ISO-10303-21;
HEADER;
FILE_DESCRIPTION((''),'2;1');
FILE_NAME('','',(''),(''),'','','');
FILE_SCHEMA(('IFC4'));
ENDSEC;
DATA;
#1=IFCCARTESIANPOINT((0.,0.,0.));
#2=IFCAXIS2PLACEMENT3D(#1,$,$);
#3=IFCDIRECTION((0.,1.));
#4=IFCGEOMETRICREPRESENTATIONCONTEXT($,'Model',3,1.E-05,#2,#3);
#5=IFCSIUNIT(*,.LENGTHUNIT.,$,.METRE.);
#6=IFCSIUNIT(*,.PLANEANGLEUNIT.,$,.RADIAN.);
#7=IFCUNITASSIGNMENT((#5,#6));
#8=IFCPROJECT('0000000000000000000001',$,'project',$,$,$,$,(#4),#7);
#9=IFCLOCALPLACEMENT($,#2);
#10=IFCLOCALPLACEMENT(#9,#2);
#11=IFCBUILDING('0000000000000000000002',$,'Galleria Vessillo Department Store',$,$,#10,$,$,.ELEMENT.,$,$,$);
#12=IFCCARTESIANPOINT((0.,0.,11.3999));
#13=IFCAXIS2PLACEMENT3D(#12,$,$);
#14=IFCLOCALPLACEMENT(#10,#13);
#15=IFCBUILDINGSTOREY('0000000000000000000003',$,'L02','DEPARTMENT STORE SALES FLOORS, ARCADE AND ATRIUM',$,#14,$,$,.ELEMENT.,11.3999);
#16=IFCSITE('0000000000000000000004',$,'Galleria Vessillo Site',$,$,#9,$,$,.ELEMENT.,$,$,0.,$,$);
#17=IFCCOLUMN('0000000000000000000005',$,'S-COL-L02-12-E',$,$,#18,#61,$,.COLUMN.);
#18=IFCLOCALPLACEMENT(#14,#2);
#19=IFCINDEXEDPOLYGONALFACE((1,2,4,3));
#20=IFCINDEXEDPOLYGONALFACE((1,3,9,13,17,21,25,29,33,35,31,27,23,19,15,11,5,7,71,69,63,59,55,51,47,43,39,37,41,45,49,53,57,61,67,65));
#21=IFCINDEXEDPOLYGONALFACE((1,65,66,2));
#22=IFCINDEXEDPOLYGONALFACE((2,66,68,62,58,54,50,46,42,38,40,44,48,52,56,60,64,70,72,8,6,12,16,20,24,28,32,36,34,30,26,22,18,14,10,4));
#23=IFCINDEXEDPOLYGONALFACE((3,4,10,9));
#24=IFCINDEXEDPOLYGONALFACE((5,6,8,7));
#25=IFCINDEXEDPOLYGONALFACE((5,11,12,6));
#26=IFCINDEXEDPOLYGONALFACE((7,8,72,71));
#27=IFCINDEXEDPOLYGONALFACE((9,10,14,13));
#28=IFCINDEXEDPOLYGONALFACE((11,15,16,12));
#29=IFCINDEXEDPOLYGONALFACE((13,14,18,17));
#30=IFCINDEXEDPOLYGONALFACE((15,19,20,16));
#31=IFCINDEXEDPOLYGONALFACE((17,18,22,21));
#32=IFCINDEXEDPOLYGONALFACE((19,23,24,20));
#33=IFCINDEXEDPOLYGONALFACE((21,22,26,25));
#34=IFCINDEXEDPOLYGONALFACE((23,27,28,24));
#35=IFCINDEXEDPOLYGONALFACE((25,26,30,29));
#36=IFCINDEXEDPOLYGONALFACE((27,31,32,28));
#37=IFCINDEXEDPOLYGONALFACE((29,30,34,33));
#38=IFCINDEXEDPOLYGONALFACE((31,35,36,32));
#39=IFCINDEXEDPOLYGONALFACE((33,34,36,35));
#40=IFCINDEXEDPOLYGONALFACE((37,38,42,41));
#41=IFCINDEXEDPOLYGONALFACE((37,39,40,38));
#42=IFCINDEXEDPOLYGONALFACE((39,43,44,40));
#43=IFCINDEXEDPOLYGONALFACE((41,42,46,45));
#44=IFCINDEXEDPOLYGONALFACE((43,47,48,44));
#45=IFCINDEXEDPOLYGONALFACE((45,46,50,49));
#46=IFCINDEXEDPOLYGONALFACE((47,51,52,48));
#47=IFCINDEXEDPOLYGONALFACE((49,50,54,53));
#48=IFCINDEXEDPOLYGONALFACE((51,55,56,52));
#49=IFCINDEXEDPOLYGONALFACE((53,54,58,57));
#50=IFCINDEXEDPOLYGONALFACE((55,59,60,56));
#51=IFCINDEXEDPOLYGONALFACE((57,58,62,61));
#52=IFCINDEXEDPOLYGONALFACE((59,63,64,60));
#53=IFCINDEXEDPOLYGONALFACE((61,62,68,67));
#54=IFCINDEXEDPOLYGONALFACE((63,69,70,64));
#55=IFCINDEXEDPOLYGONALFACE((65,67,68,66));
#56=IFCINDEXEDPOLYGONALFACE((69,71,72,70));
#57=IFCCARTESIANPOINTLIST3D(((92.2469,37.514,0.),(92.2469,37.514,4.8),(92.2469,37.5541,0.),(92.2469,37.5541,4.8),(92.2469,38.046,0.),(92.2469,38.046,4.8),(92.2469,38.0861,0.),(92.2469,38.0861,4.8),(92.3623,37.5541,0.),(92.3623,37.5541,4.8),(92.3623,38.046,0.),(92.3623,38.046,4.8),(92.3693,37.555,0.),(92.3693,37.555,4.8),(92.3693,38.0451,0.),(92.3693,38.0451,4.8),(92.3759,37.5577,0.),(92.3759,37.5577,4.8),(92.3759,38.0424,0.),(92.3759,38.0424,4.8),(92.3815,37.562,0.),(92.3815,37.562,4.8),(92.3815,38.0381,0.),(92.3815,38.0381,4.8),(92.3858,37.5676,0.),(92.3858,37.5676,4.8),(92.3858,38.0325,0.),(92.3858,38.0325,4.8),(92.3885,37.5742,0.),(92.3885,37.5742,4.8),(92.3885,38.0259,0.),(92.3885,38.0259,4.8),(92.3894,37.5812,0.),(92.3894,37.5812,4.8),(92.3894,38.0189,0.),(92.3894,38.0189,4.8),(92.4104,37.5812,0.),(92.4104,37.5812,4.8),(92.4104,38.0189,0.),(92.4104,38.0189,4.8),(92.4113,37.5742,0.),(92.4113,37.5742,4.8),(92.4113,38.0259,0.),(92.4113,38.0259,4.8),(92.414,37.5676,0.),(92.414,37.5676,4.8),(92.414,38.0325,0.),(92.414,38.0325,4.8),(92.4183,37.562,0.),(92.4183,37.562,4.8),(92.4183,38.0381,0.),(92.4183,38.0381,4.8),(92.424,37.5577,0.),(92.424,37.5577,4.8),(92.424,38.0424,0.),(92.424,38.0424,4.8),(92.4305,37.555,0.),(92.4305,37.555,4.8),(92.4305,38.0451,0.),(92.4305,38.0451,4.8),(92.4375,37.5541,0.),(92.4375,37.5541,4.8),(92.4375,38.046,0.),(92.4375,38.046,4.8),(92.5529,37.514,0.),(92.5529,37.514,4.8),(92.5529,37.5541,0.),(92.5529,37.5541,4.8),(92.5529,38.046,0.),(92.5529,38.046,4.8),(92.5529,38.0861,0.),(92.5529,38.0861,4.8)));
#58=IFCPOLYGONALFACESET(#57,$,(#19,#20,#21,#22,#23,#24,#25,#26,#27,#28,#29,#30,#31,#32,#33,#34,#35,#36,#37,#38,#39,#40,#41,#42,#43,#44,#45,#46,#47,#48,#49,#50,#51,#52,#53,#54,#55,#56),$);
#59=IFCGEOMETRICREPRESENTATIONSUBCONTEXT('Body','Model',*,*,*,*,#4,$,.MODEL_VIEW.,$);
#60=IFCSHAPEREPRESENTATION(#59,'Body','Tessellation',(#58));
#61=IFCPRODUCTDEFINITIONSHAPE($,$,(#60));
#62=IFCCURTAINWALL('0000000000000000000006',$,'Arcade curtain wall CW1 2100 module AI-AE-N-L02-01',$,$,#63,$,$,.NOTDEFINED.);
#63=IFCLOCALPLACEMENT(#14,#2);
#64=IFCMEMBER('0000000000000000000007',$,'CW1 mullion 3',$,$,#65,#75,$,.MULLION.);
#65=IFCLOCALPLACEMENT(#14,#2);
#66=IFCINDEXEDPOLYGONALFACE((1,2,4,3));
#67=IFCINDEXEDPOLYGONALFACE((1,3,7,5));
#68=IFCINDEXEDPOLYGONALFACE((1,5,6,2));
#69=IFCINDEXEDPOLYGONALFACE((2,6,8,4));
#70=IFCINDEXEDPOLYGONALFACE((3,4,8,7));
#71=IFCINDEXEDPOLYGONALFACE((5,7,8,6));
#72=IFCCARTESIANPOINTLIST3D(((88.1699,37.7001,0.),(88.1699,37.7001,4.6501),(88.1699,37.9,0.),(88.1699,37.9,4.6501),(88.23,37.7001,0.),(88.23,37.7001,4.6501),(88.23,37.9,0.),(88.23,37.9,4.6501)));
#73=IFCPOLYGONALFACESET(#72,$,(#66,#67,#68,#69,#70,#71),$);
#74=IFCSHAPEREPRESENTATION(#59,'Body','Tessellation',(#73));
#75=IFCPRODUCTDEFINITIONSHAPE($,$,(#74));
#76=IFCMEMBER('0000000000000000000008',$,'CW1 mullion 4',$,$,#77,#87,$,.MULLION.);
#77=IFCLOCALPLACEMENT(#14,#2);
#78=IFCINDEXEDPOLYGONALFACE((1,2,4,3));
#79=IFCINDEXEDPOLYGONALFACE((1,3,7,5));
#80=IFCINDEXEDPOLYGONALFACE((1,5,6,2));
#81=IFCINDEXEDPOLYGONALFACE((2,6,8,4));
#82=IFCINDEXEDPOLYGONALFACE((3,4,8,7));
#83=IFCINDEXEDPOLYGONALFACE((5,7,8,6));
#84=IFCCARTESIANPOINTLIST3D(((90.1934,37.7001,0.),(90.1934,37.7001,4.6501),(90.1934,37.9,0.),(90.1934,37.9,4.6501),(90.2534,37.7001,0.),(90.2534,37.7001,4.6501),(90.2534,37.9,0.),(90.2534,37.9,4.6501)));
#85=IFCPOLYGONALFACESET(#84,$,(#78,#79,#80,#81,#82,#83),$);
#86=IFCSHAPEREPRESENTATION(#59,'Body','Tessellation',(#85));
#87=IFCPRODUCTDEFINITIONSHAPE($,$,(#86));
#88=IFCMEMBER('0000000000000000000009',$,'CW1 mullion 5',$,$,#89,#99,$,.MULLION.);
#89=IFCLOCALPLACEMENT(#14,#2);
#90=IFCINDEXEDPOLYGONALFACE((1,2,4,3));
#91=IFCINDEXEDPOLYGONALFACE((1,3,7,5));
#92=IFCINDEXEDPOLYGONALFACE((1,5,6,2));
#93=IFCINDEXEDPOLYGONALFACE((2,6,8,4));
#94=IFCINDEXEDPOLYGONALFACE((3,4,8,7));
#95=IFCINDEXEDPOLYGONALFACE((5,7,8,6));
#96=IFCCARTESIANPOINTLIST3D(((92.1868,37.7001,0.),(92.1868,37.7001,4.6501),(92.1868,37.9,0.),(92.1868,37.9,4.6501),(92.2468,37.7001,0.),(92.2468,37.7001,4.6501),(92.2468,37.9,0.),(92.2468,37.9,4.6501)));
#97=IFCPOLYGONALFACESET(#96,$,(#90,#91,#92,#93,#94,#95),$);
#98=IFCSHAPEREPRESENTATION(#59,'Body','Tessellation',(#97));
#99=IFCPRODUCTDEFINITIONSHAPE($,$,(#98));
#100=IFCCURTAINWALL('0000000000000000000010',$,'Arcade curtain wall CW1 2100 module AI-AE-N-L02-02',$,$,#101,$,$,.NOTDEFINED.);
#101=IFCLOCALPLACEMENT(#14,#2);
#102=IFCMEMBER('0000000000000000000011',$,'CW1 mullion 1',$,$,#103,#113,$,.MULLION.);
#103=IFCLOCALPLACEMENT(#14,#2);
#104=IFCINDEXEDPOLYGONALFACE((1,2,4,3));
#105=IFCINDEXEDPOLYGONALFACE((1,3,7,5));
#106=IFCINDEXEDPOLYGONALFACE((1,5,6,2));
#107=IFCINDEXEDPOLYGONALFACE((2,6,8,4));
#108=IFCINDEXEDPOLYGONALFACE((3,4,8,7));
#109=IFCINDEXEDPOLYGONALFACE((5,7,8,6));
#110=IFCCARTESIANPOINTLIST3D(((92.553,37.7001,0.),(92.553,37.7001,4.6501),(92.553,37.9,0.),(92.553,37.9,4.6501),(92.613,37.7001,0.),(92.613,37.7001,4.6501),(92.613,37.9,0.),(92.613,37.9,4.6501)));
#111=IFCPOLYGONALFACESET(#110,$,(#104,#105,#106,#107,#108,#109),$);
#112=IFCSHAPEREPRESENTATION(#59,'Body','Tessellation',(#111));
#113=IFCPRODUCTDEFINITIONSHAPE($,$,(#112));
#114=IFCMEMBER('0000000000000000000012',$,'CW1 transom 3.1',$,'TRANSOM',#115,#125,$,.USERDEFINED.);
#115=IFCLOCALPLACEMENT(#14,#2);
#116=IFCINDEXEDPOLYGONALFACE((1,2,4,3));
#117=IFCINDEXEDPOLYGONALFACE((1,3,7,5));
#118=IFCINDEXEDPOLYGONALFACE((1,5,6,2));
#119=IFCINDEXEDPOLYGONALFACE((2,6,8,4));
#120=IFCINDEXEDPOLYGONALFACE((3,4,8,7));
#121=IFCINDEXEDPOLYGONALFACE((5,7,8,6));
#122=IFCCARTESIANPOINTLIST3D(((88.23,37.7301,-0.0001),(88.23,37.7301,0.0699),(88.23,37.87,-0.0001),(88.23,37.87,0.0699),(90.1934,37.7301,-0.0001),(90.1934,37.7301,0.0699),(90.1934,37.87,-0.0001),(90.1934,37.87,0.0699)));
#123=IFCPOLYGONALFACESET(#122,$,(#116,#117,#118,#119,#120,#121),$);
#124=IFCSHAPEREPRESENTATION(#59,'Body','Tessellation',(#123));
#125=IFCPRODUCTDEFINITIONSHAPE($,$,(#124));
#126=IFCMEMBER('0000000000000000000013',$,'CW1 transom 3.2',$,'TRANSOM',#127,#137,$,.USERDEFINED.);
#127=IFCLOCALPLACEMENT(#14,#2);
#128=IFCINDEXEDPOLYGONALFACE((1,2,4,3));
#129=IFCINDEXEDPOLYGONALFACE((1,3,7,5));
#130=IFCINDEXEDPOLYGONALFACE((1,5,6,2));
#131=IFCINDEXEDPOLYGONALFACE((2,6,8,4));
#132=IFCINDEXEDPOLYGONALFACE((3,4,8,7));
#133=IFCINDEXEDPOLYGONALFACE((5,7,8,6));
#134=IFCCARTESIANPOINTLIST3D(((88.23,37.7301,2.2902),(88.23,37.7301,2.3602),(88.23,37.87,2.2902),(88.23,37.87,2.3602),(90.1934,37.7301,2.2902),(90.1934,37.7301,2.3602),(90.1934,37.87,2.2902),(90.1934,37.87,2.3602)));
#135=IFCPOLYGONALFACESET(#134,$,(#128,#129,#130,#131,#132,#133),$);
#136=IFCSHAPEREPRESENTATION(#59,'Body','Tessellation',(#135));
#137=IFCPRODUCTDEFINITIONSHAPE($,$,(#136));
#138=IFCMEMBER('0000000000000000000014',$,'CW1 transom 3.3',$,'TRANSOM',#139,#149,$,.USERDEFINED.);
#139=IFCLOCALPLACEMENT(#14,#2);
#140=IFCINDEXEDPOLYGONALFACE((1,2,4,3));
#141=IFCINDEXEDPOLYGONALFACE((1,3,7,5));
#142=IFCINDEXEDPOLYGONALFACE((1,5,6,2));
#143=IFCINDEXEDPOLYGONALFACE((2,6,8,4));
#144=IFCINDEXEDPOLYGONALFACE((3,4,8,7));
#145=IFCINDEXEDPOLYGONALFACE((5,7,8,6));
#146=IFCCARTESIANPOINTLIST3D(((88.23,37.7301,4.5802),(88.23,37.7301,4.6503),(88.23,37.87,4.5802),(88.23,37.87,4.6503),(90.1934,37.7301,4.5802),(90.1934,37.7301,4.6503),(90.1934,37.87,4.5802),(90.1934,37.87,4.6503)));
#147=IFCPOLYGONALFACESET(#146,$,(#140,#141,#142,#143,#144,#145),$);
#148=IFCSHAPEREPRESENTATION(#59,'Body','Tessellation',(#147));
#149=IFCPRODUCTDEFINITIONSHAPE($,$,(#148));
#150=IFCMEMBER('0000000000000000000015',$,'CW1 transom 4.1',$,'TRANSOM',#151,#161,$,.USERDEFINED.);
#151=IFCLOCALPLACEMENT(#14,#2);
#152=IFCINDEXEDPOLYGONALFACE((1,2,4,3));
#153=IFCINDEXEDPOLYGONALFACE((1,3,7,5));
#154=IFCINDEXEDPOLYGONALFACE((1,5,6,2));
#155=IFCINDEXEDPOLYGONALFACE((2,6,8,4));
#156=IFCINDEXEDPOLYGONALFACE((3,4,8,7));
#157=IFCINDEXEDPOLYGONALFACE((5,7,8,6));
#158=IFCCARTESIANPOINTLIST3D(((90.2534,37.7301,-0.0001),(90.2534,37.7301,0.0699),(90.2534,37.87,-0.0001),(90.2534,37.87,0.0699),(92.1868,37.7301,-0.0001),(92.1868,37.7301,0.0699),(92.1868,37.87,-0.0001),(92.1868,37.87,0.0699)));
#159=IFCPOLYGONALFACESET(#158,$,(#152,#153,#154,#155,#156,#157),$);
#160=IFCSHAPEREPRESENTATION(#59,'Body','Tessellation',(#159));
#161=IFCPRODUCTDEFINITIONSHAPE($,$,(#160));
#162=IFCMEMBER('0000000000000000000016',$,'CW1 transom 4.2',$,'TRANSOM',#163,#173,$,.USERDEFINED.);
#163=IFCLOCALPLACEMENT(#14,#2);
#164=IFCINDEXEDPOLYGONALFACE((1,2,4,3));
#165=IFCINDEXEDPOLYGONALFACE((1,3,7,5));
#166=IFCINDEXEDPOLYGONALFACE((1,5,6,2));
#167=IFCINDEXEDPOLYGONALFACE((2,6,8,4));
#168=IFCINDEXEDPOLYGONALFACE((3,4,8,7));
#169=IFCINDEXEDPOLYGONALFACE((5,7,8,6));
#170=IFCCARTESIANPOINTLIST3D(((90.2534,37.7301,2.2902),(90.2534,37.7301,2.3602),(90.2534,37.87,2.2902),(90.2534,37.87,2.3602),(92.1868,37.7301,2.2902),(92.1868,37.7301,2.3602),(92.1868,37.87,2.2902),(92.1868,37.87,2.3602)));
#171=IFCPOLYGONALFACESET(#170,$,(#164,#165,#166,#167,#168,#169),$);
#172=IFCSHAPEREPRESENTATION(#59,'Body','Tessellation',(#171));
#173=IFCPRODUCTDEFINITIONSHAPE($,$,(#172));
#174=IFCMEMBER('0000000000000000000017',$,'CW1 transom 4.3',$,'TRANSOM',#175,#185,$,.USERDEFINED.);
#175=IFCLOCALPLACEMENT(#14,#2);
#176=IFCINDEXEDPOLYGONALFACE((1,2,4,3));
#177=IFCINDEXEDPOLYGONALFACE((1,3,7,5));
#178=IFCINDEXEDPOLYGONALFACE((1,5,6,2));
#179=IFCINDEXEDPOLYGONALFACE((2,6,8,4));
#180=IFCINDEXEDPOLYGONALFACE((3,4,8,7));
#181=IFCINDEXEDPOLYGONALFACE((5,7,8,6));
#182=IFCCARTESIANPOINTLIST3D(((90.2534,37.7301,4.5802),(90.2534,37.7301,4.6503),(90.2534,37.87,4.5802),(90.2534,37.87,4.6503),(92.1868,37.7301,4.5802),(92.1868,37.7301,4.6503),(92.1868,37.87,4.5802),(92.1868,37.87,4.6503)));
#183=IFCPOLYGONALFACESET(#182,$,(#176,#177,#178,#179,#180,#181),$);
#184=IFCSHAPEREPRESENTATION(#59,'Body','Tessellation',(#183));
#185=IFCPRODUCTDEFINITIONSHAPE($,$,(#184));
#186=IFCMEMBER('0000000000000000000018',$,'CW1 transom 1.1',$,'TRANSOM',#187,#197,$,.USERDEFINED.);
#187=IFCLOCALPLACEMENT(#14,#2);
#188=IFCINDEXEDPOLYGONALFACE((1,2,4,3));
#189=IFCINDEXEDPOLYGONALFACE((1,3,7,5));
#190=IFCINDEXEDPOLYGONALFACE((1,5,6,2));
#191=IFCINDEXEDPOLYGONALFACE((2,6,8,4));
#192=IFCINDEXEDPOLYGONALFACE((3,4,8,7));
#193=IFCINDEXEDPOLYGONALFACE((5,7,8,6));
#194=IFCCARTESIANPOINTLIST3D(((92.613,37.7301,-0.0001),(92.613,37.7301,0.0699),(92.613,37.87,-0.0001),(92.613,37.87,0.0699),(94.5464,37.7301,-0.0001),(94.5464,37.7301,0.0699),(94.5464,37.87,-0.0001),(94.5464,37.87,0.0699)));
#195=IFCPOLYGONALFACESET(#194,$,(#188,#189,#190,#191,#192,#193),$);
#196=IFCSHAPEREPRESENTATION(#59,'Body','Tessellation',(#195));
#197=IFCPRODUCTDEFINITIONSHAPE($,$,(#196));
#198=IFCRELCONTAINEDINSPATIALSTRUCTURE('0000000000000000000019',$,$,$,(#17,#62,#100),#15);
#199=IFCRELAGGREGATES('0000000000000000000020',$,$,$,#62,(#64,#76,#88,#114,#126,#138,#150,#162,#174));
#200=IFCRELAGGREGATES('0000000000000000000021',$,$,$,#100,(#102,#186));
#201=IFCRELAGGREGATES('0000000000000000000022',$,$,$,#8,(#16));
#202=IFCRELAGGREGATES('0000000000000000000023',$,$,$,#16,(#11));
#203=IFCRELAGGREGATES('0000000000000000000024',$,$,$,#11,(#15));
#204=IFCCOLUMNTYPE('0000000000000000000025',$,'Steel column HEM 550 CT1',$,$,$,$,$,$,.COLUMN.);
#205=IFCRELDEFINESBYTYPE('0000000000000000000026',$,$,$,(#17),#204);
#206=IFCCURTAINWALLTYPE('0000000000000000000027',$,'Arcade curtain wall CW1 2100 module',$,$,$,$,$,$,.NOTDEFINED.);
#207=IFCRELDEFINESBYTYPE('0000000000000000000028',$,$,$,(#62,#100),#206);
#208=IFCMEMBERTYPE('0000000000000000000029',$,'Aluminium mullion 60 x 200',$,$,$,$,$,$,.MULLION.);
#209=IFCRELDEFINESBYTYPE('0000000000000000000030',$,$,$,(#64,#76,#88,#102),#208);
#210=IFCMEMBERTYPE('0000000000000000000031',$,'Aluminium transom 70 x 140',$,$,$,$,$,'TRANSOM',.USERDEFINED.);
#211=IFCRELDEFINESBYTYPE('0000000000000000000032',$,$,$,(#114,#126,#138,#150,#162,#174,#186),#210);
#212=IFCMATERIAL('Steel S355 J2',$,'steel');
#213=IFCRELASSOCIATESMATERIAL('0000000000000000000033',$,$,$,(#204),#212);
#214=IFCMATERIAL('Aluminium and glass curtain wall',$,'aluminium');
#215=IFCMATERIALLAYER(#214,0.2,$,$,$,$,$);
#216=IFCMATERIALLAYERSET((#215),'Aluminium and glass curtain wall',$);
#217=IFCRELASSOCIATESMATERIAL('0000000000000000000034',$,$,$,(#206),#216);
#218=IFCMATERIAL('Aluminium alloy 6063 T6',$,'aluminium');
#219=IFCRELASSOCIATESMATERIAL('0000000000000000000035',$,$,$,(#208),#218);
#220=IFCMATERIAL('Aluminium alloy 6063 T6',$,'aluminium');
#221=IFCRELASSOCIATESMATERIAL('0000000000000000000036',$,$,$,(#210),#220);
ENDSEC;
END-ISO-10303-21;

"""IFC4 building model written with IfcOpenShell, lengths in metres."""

from ifc_helpers import new_model, si_unit, direction, frame, origin, origin_2d, place, context, subcontext, project, spatial, rectangle, i_section, extrude, material, layer, layer_set, material_profile, profile_set, type_object, element, aggregate, save


model = new_model("IFC4")

# Units and contexts
model_context = context("Model", 3, precision=1e-05, world=origin(), true_north=direction((0.0, 1.0)))
body_context = subcontext(model_context, "Body", "Model", "MODEL_VIEW")
ifc_project = project(units=[si_unit("LENGTHUNIT", "METRE"), si_unit("PLANEANGLEUNIT", "RADIAN")], contexts=[model_context])

# Site, building, storey
site_placement = place(None, origin())
site = spatial("IfcSite", under=ifc_project, at=site_placement, Name="Galleria Vessillo Site", CompositionType="ELEMENT", RefElevation=0.0)
building_placement = place(site_placement, origin())
building = spatial("IfcBuilding", under=site, at=building_placement, Name="Galleria Vessillo Department Store", CompositionType="ELEMENT")
storey_placement = place(building_placement, frame((0.0, 0.0, 11.3999)))
storey = spatial("IfcBuildingStorey", under=building, at=storey_placement, Name="L02", Description="DEPARTMENT STORE SALES FLOORS, ARCADE AND ATRIUM", CompositionType="ELEMENT", Elevation=11.3999)

# Column
ifc_material_1 = material(Name="Steel S355 J2", Category="steel")
ifc_material_profile_1 = material_profile(ifc_material_1, i_section(OverallWidth=0.3059, OverallDepth=0.572, WebThickness=0.021, FlangeThickness=0.04, FilletRadius=0.0271, at=origin_2d()), Name="HEM 550")
ifc_profile_set_1 = profile_set([ifc_material_profile_1], Name="Steel S355 J2")
column_type = type_object("IfcColumnType", Name="Steel column HEM 550 CT1", PredefinedType="COLUMN", material=ifc_profile_set_1)
column_placement = place(storey_placement, frame((92.3999, 37.8, 0.0), z_axis=(0.0, 0.0, 1.0), x_axis=(1.0, 0.0, 0.0)))
element("IfcColumn", 1, at=column_placement, inside=storey, type_object=column_type, Name="S-COL-L02-12-E", PredefinedType="COLUMN", context=body_context, shape_type="SweptSolid", body=[
    extrude(i_section(OverallWidth=0.3059, OverallDepth=0.572, WebThickness=0.021, FlangeThickness=0.04, FilletRadius=0.0271, at=origin_2d()), origin(), (0.0, 0.0, 1.0), 4.8),
])

# Curtain wall, members
ifc_material_2 = material(Name="Aluminium and glass curtain wall", Category="aluminium")
ifc_layer_1 = layer(ifc_material_2, 0.2)
ifc_layer_set_1 = layer_set([ifc_layer_1], Name="Aluminium and glass curtain wall")
curtain_wall_type = type_object("IfcCurtainWallType", Name="Arcade curtain wall CW1 2100 module", PredefinedType="NOTDEFINED", material=ifc_layer_set_1)
curtain_wall_1_placement = place(storey_placement, origin())
curtain_wall_1 = element("IfcCurtainWall", 2, at=curtain_wall_1_placement, inside=storey, type_object=curtain_wall_type, Name="Arcade curtain wall CW1 2100 module AI-AE-N-L02-01", PredefinedType="NOTDEFINED")
ifc_material_3 = material(Name="Aluminium alloy 6063 T6", Category="aluminium")
ifc_material_profile_2 = material_profile(ifc_material_3, rectangle(XDim=0.2, YDim=0.0601, at=origin_2d()), Name="AL 60x200")
ifc_profile_set_2 = profile_set([ifc_material_profile_2], Name="Aluminium alloy 6063 T6")
member_type_1 = type_object("IfcMemberType", Name="Aluminium mullion 60 x 200", PredefinedType="MULLION", material=ifc_profile_set_2)
member_1_placement = place(storey_placement, frame((88.2, 37.8, 0.0), z_axis=(0.0, 0.0, 1.0), x_axis=(0.0, 1.0, 0.0)))
member_1 = element("IfcMember", 3, at=member_1_placement, type_object=member_type_1, Name="CW1 mullion 3", PredefinedType="MULLION", context=body_context, shape_type="SweptSolid", body=[
    extrude(rectangle(XDim=0.2, YDim=0.0601, at=origin_2d()), origin(), (0.0, 0.0, 1.0), 4.6501),
])
member_2_placement = place(storey_placement, frame((90.2234, 37.8, 0.0), z_axis=(0.0, 0.0, 1.0), x_axis=(0.0, 1.0, 0.0)))
member_2 = element("IfcMember", 4, at=member_2_placement, type_object=member_type_1, Name="CW1 mullion 4", PredefinedType="MULLION", context=body_context, shape_type="SweptSolid", body=[
    extrude(rectangle(XDim=0.2, YDim=0.0601, at=origin_2d()), origin(), (0.0, 0.0, 1.0), 4.6501),
])
member_3_placement = place(storey_placement, frame((92.2168, 37.8, 0.0), z_axis=(0.0, 0.0, 1.0), x_axis=(0.0, 1.0, 0.0)))
member_3 = element("IfcMember", 5, at=member_3_placement, type_object=member_type_1, Name="CW1 mullion 5", PredefinedType="MULLION", context=body_context, shape_type="SweptSolid", body=[
    extrude(rectangle(XDim=0.2, YDim=0.0601, at=origin_2d()), origin(), (0.0, 0.0, 1.0), 4.6501),
])

# Curtain wall, member
curtain_wall_2_placement = place(storey_placement, origin())
curtain_wall_2 = element("IfcCurtainWall", 6, at=curtain_wall_2_placement, inside=storey, type_object=curtain_wall_type, Name="Arcade curtain wall CW1 2100 module AI-AE-N-L02-02", PredefinedType="NOTDEFINED")
member_4_placement = place(storey_placement, frame((92.583, 37.8, 0.0), z_axis=(0.0, 0.0, 1.0), x_axis=(0.0, 1.0, 0.0)))
member_4 = element("IfcMember", 7, at=member_4_placement, type_object=member_type_1, Name="CW1 mullion 1", PredefinedType="MULLION", context=body_context, shape_type="SweptSolid", body=[
    extrude(rectangle(XDim=0.2, YDim=0.0601, at=origin_2d()), origin(), (0.0, 0.0, 1.0), 4.6501),
])

# Members
ifc_material_4 = material(Name="Aluminium alloy 6063 T6", Category="aluminium")
ifc_material_profile_3 = material_profile(ifc_material_4, rectangle(XDim=0.1399, YDim=0.0701, at=origin_2d()), Name="AL 70x140")
ifc_profile_set_3 = profile_set([ifc_material_profile_3], Name="Aluminium alloy 6063 T6")
member_type_2 = type_object("IfcMemberType", Name="Aluminium transom 70 x 140", ElementType="TRANSOM", PredefinedType="USERDEFINED", material=ifc_profile_set_3)
member_5_placement = place(storey_placement, frame((88.23, 37.8, 0.0349), z_axis=(1.0, 0.0, 0.0), x_axis=(0.0, 1.0, 0.0)))
member_5 = element("IfcMember", 8, at=member_5_placement, type_object=member_type_2, Name="CW1 transom 3.1", ObjectType="TRANSOM", PredefinedType="USERDEFINED", context=body_context, shape_type="SweptSolid", body=[
    extrude(rectangle(XDim=0.1399, YDim=0.0701, at=origin_2d()), origin(), (0.0, 0.0, 1.0), 1.9634),
])
member_6_placement = place(storey_placement, frame((88.23, 37.8, 2.3252), z_axis=(1.0, 0.0, 0.0), x_axis=(0.0, 1.0, 0.0)))
member_6 = element("IfcMember", 9, at=member_6_placement, type_object=member_type_2, Name="CW1 transom 3.2", ObjectType="TRANSOM", PredefinedType="USERDEFINED", context=body_context, shape_type="SweptSolid", body=[
    extrude(rectangle(XDim=0.1399, YDim=0.0701, at=origin_2d()), origin(), (0.0, 0.0, 1.0), 1.9634),
])
member_7_placement = place(storey_placement, frame((88.23, 37.8, 4.6152), z_axis=(1.0, 0.0, 0.0), x_axis=(0.0, 1.0, 0.0)))
member_7 = element("IfcMember", 10, at=member_7_placement, type_object=member_type_2, Name="CW1 transom 3.3", ObjectType="TRANSOM", PredefinedType="USERDEFINED", context=body_context, shape_type="SweptSolid", body=[
    extrude(rectangle(XDim=0.1399, YDim=0.0701, at=origin_2d()), origin(), (0.0, 0.0, 1.0), 1.9634),
])
member_8_placement = place(storey_placement, frame((90.2534, 37.8, 0.0349), z_axis=(1.0, 0.0, 0.0), x_axis=(0.0, 1.0, 0.0)))
member_8 = element("IfcMember", 11, at=member_8_placement, type_object=member_type_2, Name="CW1 transom 4.1", ObjectType="TRANSOM", PredefinedType="USERDEFINED", context=body_context, shape_type="SweptSolid", body=[
    extrude(rectangle(XDim=0.1399, YDim=0.0701, at=origin_2d()), origin(), (0.0, 0.0, 1.0), 1.9333),
])
member_9_placement = place(storey_placement, frame((90.2534, 37.8, 2.3252), z_axis=(1.0, 0.0, 0.0), x_axis=(0.0, 1.0, 0.0)))
member_9 = element("IfcMember", 12, at=member_9_placement, type_object=member_type_2, Name="CW1 transom 4.2", ObjectType="TRANSOM", PredefinedType="USERDEFINED", context=body_context, shape_type="SweptSolid", body=[
    extrude(rectangle(XDim=0.1399, YDim=0.0701, at=origin_2d()), origin(), (0.0, 0.0, 1.0), 1.9333),
])
member_10_placement = place(storey_placement, frame((90.2534, 37.8, 4.6152), z_axis=(1.0, 0.0, 0.0), x_axis=(0.0, 1.0, 0.0)))
member_10 = element("IfcMember", 13, at=member_10_placement, type_object=member_type_2, Name="CW1 transom 4.3", ObjectType="TRANSOM", PredefinedType="USERDEFINED", context=body_context, shape_type="SweptSolid", body=[
    extrude(rectangle(XDim=0.1399, YDim=0.0701, at=origin_2d()), origin(), (0.0, 0.0, 1.0), 1.9333),
])
member_11_placement = place(storey_placement, frame((92.613, 37.8, 0.0349), z_axis=(1.0, 0.0, 0.0), x_axis=(0.0, 1.0, 0.0)))
member_11 = element("IfcMember", 14, at=member_11_placement, type_object=member_type_2, Name="CW1 transom 1.1", ObjectType="TRANSOM", PredefinedType="USERDEFINED", context=body_context, shape_type="SweptSolid", body=[
    extrude(rectangle(XDim=0.1399, YDim=0.0701, at=origin_2d()), origin(), (0.0, 0.0, 1.0), 1.9333),
])

aggregate(curtain_wall_1, [member_1, member_2, member_3, member_5, member_6, member_7, member_8, member_9, member_10])
aggregate(curtain_wall_2, [member_4, member_11])

save(model, "model.ifc")
